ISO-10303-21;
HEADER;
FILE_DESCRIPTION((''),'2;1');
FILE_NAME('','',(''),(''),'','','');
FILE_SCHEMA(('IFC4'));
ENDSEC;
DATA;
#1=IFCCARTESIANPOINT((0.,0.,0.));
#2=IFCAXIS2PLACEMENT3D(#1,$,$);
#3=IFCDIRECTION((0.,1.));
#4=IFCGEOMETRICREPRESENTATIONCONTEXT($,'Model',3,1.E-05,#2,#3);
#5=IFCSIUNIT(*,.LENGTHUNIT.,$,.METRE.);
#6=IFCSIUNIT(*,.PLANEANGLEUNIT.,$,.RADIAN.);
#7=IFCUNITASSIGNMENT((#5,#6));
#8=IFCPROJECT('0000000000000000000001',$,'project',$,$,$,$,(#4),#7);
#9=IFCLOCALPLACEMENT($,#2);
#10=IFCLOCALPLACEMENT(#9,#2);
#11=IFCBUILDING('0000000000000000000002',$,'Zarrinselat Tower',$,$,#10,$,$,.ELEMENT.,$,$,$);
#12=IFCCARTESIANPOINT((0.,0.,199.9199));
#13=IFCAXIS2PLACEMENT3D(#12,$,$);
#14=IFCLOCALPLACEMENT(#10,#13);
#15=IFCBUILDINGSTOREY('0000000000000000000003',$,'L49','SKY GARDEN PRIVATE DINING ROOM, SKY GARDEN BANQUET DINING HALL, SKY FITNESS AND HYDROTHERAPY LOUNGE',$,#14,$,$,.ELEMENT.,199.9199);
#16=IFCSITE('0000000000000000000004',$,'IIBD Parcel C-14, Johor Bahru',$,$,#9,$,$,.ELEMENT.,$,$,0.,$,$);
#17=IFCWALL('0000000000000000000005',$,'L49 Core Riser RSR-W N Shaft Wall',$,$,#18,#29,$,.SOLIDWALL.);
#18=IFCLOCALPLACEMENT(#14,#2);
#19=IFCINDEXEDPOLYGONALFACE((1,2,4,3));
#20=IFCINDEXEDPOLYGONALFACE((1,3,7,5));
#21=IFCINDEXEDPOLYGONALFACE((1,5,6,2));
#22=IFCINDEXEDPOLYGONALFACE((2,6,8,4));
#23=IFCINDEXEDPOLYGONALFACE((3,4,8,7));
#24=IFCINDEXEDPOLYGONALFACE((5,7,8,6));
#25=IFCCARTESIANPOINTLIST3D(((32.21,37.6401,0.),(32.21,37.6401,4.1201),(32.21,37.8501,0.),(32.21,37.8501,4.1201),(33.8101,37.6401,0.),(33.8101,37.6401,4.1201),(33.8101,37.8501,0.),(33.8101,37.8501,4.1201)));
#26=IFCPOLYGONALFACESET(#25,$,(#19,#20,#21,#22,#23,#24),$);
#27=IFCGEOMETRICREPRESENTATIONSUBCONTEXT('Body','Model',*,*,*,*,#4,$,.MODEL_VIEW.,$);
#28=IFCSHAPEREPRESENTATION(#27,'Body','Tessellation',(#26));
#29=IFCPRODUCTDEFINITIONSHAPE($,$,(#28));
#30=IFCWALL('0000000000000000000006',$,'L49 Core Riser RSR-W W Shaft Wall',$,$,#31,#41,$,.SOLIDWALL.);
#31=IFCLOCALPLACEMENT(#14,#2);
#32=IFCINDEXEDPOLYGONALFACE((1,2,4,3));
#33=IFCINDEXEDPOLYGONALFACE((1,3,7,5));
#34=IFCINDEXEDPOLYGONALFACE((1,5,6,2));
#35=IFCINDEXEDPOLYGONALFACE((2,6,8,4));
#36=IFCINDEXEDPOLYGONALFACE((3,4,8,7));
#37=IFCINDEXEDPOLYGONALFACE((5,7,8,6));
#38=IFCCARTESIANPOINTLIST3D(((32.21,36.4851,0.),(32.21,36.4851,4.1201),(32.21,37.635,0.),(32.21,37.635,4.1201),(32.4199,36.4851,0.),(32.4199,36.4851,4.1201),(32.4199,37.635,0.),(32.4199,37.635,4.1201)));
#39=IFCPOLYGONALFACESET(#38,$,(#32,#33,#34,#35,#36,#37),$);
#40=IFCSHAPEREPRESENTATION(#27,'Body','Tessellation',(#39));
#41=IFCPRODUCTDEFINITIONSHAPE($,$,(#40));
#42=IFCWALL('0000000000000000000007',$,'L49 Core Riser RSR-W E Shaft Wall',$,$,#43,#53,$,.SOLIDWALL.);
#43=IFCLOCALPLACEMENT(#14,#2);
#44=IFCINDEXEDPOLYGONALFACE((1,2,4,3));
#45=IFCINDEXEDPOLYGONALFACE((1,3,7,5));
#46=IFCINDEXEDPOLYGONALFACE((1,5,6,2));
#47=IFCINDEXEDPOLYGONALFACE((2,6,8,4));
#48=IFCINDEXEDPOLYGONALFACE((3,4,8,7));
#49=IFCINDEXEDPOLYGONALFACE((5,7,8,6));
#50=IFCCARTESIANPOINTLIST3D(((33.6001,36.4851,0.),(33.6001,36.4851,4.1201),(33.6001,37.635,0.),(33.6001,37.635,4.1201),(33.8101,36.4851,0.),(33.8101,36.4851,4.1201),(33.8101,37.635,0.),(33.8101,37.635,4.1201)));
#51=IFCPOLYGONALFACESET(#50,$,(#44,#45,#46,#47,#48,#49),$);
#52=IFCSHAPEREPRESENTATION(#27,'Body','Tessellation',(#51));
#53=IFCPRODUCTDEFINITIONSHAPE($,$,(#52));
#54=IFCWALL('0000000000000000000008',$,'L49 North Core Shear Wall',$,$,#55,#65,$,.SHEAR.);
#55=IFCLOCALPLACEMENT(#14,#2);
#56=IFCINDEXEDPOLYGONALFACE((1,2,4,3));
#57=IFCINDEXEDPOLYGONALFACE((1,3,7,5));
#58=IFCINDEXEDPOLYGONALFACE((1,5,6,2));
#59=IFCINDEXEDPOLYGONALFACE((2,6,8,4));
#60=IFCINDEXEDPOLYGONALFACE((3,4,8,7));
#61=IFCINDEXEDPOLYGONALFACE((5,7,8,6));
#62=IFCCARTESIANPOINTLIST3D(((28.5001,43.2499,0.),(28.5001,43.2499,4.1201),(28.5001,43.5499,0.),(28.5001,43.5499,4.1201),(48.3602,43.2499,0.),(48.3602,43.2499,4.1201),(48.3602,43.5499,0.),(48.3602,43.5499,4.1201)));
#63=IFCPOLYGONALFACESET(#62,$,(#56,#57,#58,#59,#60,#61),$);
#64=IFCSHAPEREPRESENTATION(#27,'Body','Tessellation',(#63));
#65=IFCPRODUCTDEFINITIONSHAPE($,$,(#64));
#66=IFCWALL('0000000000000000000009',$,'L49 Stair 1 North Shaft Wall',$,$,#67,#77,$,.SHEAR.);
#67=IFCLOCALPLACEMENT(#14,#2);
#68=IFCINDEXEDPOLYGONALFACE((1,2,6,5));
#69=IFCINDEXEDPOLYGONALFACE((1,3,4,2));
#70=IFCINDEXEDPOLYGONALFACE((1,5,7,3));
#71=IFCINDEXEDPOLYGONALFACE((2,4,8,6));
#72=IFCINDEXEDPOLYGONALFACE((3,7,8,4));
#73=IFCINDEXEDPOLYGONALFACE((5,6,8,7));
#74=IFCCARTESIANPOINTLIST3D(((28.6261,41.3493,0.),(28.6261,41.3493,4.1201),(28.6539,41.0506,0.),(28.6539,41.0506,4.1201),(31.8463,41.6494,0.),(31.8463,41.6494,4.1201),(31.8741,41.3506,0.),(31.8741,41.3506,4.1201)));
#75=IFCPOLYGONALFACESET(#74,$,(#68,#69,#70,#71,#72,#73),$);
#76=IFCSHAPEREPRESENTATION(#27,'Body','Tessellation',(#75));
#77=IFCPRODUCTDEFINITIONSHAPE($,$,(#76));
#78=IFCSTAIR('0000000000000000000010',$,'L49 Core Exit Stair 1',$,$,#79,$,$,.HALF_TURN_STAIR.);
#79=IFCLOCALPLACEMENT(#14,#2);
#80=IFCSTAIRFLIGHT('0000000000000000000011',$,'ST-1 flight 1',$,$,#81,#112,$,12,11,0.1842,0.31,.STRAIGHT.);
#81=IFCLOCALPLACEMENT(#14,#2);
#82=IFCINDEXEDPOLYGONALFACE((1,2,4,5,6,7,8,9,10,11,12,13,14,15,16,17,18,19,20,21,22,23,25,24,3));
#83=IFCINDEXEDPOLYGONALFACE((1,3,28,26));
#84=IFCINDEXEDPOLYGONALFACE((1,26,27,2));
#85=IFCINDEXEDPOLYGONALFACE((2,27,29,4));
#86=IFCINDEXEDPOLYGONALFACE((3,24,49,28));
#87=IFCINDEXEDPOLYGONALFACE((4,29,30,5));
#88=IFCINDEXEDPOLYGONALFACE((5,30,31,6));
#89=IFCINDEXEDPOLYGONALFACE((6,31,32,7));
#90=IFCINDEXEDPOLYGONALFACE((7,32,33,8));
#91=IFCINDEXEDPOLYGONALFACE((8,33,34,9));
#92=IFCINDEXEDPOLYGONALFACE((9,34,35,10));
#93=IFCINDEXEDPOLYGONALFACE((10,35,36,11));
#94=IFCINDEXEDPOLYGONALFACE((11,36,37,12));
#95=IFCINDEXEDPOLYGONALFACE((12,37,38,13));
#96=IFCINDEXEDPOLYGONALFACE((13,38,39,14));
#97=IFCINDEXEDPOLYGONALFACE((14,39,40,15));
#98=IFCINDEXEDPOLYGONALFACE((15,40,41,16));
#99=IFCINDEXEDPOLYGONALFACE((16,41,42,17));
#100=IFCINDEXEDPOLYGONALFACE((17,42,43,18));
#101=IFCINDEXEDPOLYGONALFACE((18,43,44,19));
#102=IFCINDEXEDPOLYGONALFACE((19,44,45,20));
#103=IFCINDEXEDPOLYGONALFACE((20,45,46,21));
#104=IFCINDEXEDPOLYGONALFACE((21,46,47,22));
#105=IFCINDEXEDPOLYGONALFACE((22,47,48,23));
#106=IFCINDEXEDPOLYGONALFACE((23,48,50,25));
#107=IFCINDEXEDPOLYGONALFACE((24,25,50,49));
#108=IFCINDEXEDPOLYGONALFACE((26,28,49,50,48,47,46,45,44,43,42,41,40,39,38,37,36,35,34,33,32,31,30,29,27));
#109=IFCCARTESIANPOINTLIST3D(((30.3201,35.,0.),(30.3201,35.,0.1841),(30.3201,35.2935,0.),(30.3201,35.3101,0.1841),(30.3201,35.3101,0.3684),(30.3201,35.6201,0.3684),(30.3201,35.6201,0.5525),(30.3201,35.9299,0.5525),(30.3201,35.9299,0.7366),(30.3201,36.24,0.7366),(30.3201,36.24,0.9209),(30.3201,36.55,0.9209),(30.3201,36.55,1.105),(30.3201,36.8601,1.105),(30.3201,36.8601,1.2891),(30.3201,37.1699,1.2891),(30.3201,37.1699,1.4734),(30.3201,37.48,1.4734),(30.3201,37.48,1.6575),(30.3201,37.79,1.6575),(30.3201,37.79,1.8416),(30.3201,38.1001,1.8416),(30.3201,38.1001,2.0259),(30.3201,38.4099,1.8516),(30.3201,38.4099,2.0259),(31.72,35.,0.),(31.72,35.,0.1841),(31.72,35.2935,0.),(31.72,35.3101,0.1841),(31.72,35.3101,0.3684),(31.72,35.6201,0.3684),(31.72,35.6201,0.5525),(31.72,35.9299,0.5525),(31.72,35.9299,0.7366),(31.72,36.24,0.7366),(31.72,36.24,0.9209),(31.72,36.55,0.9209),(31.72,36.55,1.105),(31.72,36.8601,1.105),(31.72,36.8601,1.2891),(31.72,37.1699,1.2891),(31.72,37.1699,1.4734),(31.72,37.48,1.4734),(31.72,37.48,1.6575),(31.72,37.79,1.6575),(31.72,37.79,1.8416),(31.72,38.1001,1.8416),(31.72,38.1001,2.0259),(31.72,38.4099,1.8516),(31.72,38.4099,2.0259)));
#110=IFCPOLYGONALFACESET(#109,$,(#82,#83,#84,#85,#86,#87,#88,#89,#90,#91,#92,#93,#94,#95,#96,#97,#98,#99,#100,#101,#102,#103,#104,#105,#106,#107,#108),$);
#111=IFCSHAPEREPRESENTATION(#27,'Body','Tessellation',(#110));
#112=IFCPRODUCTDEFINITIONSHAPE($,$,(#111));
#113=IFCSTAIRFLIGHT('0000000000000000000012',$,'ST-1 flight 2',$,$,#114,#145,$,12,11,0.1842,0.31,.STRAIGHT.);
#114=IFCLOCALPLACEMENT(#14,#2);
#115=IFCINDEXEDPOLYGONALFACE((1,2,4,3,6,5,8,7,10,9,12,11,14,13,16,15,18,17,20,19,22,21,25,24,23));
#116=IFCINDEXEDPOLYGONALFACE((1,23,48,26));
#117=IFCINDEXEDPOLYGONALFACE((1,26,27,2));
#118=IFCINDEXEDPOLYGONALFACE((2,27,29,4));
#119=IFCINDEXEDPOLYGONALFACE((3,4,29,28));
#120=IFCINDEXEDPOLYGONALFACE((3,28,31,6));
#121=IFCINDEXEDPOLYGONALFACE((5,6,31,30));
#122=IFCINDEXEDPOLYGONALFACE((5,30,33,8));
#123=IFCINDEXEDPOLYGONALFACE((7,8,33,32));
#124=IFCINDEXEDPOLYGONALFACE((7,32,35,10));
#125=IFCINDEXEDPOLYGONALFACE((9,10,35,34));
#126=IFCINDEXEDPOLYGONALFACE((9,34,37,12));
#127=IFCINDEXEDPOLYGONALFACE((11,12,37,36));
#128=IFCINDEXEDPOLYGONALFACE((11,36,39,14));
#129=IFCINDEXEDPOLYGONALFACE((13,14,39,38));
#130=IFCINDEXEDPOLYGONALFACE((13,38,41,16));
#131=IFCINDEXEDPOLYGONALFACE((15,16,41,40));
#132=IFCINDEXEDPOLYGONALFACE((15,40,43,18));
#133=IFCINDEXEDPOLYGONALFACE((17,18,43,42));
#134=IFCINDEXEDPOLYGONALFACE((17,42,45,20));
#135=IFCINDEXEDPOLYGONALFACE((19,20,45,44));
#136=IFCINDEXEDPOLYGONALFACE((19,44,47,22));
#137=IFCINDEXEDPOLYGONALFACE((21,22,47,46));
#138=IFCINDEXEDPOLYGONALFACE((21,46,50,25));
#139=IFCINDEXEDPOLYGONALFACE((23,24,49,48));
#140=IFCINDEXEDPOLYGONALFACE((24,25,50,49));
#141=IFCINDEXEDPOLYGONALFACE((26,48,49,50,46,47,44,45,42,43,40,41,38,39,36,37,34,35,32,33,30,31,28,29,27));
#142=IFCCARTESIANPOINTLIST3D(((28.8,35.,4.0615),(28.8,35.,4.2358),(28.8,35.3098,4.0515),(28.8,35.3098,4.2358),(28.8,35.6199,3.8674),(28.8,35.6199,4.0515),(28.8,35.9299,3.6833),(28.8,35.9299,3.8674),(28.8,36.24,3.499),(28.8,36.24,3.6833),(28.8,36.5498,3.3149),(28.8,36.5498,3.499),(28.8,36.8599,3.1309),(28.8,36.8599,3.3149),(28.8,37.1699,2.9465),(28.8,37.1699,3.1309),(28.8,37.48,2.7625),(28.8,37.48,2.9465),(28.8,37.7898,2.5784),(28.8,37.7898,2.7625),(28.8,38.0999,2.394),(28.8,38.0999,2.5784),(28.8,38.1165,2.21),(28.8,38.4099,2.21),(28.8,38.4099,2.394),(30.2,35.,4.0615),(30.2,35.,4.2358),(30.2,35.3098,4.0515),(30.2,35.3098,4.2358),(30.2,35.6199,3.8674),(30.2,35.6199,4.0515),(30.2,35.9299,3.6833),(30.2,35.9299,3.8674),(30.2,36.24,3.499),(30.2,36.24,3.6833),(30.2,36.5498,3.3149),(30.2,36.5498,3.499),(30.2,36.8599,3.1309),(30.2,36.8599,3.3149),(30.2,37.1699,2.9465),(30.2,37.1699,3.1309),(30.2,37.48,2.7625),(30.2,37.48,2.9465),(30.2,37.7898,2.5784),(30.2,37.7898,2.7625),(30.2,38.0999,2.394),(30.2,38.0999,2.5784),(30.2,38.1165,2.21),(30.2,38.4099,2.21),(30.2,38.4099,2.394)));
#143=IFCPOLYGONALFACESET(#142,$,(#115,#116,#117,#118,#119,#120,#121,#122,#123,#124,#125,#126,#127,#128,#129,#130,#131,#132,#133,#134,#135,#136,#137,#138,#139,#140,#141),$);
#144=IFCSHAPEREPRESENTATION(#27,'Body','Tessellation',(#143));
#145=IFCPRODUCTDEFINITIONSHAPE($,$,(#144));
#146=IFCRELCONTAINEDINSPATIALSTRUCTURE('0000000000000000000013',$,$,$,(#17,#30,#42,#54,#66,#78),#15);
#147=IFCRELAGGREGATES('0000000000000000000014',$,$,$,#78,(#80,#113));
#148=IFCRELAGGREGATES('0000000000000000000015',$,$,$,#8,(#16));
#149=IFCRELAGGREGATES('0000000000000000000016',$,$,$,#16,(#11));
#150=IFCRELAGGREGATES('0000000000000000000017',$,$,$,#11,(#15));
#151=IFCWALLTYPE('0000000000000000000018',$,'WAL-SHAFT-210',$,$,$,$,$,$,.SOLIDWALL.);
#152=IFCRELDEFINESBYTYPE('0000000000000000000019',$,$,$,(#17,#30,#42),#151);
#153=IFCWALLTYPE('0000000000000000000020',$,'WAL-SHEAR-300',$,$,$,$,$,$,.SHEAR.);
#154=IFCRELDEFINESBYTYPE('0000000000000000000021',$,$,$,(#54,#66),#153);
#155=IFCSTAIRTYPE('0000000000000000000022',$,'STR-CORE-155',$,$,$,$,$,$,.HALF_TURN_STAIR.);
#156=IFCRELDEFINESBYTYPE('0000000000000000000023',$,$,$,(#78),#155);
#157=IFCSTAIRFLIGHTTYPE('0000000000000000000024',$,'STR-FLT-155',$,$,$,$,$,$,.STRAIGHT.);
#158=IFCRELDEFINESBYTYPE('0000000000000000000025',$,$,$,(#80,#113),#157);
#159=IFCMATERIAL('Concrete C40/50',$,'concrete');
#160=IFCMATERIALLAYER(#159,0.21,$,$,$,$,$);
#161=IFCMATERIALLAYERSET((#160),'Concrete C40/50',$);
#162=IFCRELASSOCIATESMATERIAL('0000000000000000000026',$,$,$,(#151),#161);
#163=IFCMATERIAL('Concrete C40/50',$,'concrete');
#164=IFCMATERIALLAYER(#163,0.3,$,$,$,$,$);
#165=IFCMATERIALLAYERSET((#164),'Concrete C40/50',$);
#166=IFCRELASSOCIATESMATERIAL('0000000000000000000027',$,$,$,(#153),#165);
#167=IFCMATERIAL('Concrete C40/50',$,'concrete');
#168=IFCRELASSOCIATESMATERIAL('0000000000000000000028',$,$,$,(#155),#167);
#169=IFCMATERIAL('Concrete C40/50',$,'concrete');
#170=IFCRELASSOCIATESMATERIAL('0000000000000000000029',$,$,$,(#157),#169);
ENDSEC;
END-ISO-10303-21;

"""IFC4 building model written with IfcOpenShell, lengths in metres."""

from ifc_helpers import new_model, si_unit, direction, frame, frame_2d, origin, place, context, subcontext, project, spatial, polyline, rectangle, outline, extrude, material, layer, layer_set, type_object, element, aggregate, save


model = new_model("IFC4")

# Units and contexts
model_context = context("Model", 3, precision=1e-05, world=origin(), true_north=direction((0.0, 1.0)))
body_context = subcontext(model_context, "Body", "Model", "MODEL_VIEW")
ifc_project = project(units=[si_unit("LENGTHUNIT", "METRE"), si_unit("PLANEANGLEUNIT", "RADIAN")], contexts=[model_context])

# Site, building, storey
site_placement = place(None, origin())
site = spatial("IfcSite", under=ifc_project, at=site_placement, Name="IIBD Parcel C-14, Johor Bahru", CompositionType="ELEMENT", RefElevation=0.0)
building_placement = place(site_placement, origin())
building = spatial("IfcBuilding", under=site, at=building_placement, Name="Zarrinselat Tower", CompositionType="ELEMENT")
storey_placement = place(building_placement, frame((0.0, 0.0, 199.9199)))
storey = spatial("IfcBuildingStorey", under=building, at=storey_placement, Name="L49", Description="SKY GARDEN PRIVATE DINING ROOM, SKY GARDEN BANQUET DINING HALL, SKY FITNESS AND HYDROTHERAPY LOUNGE", CompositionType="ELEMENT", Elevation=199.9199)

# Walls
ifc_material_1 = material(Name="Concrete C40/50", Category="concrete")
ifc_layer_1 = layer(ifc_material_1, 0.21)
ifc_layer_set_1 = layer_set([ifc_layer_1], Name="Concrete C40/50")
wall_type_1 = type_object("IfcWallType", Name="WAL-SHAFT-210", PredefinedType="SOLIDWALL", material=ifc_layer_set_1)
for number, where, z_axis, x_axis, name in (
    (1, (32.21, 37.7451, 0.0), (0.0, 0.0, 1.0), (1.0, 0.0, 0.0), "L49 Core Riser RSR-W N Shaft Wall"),
):
    element("IfcWall", number, at=place(storey_placement, frame(where, z_axis=z_axis, x_axis=x_axis)), inside=storey, type_object=wall_type_1, Name=name, PredefinedType="SOLIDWALL", context=body_context, shape_type="SweptSolid", body=[
        extrude(rectangle(XDim=1.6001, YDim=0.21, at=frame_2d((0.8, 0.0))), origin(), (0.0, 0.0, 1.0), 4.1201),
    ])
for number, where, z_axis, x_axis, name in (
    (2, (32.3149, 36.4851, 0.0), (0.0, 0.0, 1.0), (0.0, 1.0, 0.0), "L49 Core Riser RSR-W W Shaft Wall"),
    (3, (33.7051, 36.4851, 0.0), (0.0, 0.0, 1.0), (0.0, 1.0, 0.0), "L49 Core Riser RSR-W E Shaft Wall"),
):
    element("IfcWall", number, at=place(storey_placement, frame(where, z_axis=z_axis, x_axis=x_axis)), inside=storey, type_object=wall_type_1, Name=name, PredefinedType="SOLIDWALL", context=body_context, shape_type="SweptSolid", body=[
        extrude(rectangle(XDim=1.1499, YDim=0.21, at=frame_2d((0.575, 0.0))), origin(), (0.0, 0.0, 1.0), 4.1201),
    ])
ifc_material_2 = material(Name="Concrete C40/50", Category="concrete")
ifc_layer_2 = layer(ifc_material_2, 0.3)
ifc_layer_set_2 = layer_set([ifc_layer_2], Name="Concrete C40/50")
wall_type_2 = type_object("IfcWallType", Name="WAL-SHEAR-300", PredefinedType="SHEAR", material=ifc_layer_set_2)
wall_1_placement = place(storey_placement, frame((28.5, 43.3999, 0.0), z_axis=(0.0, 0.0, 1.0), x_axis=(1.0, 0.0, 0.0)))
element("IfcWall", 4, at=wall_1_placement, inside=storey, type_object=wall_type_2, Name="L49 North Core Shear Wall", PredefinedType="SHEAR", context=body_context, shape_type="SweptSolid", body=[
    extrude(rectangle(XDim=19.8601, YDim=0.3, at=frame_2d((9.9302, 0.0))), origin(), (0.0, 0.0, 1.0), 4.1201),
])
wall_2_placement = place(storey_placement, frame((28.6399, 41.2, 0.0), z_axis=(0.0, 0.0, 1.0), x_axis=(0.995687, 0.092775, 0.0)))
element("IfcWall", 5, at=wall_2_placement, inside=storey, type_object=wall_type_2, Name="L49 Stair 1 North Shaft Wall", PredefinedType="SHEAR", context=body_context, shape_type="SweptSolid", body=[
    extrude(rectangle(XDim=3.2341, YDim=0.3, at=frame_2d((1.6172, 0.0))), origin(), (0.0, 0.0, 1.0), 4.1201),
])

# Stair, stair flights
ifc_material_3 = material(Name="Concrete C40/50", Category="concrete")
stair_type = type_object("IfcStairType", Name="STR-CORE-155", PredefinedType="HALF_TURN_STAIR", material=ifc_material_3)
stair_placement = place(storey_placement, origin())
stair = element("IfcStair", 6, at=stair_placement, inside=storey, type_object=stair_type, Name="L49 Core Exit Stair 1", PredefinedType="HALF_TURN_STAIR")
ifc_material_4 = material(Name="Concrete C40/50", Category="concrete")
stair_flight_type = type_object("IfcStairFlightType", Name="STR-FLT-155", PredefinedType="STRAIGHT", material=ifc_material_4)
stair_flight_1_placement = place(storey_placement, frame((31.02, 35.0, 0.0), z_axis=(0.0, 0.0, 1.0), x_axis=(0.0, 1.0, 0.0)))
stair_flight_1 = element("IfcStairFlight", 7, at=stair_flight_1_placement, type_object=stair_flight_type, Name="ST-1 flight 1", NumberOfRisers=12, NumberOfTreads=11, PredefinedType="STRAIGHT", RiserHeight=0.1842, TreadLength=0.31, context=body_context, shape_type="SweptSolid", body=[
    extrude(outline(polyline([(0.0, 0.0), (0.0, 0.1841), (0.3101, 0.1841), (0.3101, 0.3684), (0.6201, 0.3684), (0.6201, 0.5525), (0.9299, 0.5525), (0.9299, 0.7366), (1.24, 0.7366), (1.24, 0.9209), (1.55, 0.9209), (1.55, 1.105), (1.8601, 1.105), (1.8601, 1.2891), (2.1699, 1.2891), (2.1699, 1.4734), (2.48, 1.4734), (2.48, 1.6575), (2.79, 1.6575), (2.79, 1.8416), (3.1001, 1.8416), (3.1001, 2.0259), (3.4099, 2.0259), (3.4099, 2.21), (3.4099, 1.8516), (0.2935, 0.0), (0.0, 0.0)])), frame((0.0, 0.7, 0.0), z_axis=(0.0, -1.0, 0.0), x_axis=(1.0, 0.0, 0.0)), (0.0, 0.0, 1.0), 1.3999),
])
stair_flight_2_placement = place(storey_placement, frame((29.5, 38.4099, 2.21), z_axis=(0.0, 0.0, 1.0), x_axis=(0.0, -1.0, 0.0)))
stair_flight_2 = element("IfcStairFlight", 8, at=stair_flight_2_placement, type_object=stair_flight_type, Name="ST-1 flight 2", NumberOfRisers=12, NumberOfTreads=11, PredefinedType="STRAIGHT", RiserHeight=0.1842, TreadLength=0.31, context=body_context, shape_type="SweptSolid", body=[
    extrude(outline(polyline([(0.0, 0.0), (0.0, 0.1841), (0.3101, 0.1841), (0.3101, 0.3684), (0.6201, 0.3684), (0.6201, 0.5525), (0.9299, 0.5525), (0.9299, 0.7366), (1.24, 0.7366), (1.24, 0.9209), (1.55, 0.9209), (1.55, 1.105), (1.8601, 1.105), (1.8601, 1.2891), (2.1699, 1.2891), (2.1699, 1.4734), (2.48, 1.4734), (2.48, 1.6575), (2.79, 1.6575), (2.79, 1.8416), (3.1001, 1.8416), (3.1001, 2.0259), (3.4099, 2.0259), (3.4099, 2.21), (3.4099, 1.8516), (0.2935, 0.0), (0.0, 0.0)])), frame((0.0, 0.7, 0.0), z_axis=(0.0, -1.0, 0.0), x_axis=(1.0, 0.0, 0.0)), (0.0, 0.0, 1.0), 1.3999),
])
aggregate(stair, [stair_flight_1, stair_flight_2])

save(model, "model.ifc")
